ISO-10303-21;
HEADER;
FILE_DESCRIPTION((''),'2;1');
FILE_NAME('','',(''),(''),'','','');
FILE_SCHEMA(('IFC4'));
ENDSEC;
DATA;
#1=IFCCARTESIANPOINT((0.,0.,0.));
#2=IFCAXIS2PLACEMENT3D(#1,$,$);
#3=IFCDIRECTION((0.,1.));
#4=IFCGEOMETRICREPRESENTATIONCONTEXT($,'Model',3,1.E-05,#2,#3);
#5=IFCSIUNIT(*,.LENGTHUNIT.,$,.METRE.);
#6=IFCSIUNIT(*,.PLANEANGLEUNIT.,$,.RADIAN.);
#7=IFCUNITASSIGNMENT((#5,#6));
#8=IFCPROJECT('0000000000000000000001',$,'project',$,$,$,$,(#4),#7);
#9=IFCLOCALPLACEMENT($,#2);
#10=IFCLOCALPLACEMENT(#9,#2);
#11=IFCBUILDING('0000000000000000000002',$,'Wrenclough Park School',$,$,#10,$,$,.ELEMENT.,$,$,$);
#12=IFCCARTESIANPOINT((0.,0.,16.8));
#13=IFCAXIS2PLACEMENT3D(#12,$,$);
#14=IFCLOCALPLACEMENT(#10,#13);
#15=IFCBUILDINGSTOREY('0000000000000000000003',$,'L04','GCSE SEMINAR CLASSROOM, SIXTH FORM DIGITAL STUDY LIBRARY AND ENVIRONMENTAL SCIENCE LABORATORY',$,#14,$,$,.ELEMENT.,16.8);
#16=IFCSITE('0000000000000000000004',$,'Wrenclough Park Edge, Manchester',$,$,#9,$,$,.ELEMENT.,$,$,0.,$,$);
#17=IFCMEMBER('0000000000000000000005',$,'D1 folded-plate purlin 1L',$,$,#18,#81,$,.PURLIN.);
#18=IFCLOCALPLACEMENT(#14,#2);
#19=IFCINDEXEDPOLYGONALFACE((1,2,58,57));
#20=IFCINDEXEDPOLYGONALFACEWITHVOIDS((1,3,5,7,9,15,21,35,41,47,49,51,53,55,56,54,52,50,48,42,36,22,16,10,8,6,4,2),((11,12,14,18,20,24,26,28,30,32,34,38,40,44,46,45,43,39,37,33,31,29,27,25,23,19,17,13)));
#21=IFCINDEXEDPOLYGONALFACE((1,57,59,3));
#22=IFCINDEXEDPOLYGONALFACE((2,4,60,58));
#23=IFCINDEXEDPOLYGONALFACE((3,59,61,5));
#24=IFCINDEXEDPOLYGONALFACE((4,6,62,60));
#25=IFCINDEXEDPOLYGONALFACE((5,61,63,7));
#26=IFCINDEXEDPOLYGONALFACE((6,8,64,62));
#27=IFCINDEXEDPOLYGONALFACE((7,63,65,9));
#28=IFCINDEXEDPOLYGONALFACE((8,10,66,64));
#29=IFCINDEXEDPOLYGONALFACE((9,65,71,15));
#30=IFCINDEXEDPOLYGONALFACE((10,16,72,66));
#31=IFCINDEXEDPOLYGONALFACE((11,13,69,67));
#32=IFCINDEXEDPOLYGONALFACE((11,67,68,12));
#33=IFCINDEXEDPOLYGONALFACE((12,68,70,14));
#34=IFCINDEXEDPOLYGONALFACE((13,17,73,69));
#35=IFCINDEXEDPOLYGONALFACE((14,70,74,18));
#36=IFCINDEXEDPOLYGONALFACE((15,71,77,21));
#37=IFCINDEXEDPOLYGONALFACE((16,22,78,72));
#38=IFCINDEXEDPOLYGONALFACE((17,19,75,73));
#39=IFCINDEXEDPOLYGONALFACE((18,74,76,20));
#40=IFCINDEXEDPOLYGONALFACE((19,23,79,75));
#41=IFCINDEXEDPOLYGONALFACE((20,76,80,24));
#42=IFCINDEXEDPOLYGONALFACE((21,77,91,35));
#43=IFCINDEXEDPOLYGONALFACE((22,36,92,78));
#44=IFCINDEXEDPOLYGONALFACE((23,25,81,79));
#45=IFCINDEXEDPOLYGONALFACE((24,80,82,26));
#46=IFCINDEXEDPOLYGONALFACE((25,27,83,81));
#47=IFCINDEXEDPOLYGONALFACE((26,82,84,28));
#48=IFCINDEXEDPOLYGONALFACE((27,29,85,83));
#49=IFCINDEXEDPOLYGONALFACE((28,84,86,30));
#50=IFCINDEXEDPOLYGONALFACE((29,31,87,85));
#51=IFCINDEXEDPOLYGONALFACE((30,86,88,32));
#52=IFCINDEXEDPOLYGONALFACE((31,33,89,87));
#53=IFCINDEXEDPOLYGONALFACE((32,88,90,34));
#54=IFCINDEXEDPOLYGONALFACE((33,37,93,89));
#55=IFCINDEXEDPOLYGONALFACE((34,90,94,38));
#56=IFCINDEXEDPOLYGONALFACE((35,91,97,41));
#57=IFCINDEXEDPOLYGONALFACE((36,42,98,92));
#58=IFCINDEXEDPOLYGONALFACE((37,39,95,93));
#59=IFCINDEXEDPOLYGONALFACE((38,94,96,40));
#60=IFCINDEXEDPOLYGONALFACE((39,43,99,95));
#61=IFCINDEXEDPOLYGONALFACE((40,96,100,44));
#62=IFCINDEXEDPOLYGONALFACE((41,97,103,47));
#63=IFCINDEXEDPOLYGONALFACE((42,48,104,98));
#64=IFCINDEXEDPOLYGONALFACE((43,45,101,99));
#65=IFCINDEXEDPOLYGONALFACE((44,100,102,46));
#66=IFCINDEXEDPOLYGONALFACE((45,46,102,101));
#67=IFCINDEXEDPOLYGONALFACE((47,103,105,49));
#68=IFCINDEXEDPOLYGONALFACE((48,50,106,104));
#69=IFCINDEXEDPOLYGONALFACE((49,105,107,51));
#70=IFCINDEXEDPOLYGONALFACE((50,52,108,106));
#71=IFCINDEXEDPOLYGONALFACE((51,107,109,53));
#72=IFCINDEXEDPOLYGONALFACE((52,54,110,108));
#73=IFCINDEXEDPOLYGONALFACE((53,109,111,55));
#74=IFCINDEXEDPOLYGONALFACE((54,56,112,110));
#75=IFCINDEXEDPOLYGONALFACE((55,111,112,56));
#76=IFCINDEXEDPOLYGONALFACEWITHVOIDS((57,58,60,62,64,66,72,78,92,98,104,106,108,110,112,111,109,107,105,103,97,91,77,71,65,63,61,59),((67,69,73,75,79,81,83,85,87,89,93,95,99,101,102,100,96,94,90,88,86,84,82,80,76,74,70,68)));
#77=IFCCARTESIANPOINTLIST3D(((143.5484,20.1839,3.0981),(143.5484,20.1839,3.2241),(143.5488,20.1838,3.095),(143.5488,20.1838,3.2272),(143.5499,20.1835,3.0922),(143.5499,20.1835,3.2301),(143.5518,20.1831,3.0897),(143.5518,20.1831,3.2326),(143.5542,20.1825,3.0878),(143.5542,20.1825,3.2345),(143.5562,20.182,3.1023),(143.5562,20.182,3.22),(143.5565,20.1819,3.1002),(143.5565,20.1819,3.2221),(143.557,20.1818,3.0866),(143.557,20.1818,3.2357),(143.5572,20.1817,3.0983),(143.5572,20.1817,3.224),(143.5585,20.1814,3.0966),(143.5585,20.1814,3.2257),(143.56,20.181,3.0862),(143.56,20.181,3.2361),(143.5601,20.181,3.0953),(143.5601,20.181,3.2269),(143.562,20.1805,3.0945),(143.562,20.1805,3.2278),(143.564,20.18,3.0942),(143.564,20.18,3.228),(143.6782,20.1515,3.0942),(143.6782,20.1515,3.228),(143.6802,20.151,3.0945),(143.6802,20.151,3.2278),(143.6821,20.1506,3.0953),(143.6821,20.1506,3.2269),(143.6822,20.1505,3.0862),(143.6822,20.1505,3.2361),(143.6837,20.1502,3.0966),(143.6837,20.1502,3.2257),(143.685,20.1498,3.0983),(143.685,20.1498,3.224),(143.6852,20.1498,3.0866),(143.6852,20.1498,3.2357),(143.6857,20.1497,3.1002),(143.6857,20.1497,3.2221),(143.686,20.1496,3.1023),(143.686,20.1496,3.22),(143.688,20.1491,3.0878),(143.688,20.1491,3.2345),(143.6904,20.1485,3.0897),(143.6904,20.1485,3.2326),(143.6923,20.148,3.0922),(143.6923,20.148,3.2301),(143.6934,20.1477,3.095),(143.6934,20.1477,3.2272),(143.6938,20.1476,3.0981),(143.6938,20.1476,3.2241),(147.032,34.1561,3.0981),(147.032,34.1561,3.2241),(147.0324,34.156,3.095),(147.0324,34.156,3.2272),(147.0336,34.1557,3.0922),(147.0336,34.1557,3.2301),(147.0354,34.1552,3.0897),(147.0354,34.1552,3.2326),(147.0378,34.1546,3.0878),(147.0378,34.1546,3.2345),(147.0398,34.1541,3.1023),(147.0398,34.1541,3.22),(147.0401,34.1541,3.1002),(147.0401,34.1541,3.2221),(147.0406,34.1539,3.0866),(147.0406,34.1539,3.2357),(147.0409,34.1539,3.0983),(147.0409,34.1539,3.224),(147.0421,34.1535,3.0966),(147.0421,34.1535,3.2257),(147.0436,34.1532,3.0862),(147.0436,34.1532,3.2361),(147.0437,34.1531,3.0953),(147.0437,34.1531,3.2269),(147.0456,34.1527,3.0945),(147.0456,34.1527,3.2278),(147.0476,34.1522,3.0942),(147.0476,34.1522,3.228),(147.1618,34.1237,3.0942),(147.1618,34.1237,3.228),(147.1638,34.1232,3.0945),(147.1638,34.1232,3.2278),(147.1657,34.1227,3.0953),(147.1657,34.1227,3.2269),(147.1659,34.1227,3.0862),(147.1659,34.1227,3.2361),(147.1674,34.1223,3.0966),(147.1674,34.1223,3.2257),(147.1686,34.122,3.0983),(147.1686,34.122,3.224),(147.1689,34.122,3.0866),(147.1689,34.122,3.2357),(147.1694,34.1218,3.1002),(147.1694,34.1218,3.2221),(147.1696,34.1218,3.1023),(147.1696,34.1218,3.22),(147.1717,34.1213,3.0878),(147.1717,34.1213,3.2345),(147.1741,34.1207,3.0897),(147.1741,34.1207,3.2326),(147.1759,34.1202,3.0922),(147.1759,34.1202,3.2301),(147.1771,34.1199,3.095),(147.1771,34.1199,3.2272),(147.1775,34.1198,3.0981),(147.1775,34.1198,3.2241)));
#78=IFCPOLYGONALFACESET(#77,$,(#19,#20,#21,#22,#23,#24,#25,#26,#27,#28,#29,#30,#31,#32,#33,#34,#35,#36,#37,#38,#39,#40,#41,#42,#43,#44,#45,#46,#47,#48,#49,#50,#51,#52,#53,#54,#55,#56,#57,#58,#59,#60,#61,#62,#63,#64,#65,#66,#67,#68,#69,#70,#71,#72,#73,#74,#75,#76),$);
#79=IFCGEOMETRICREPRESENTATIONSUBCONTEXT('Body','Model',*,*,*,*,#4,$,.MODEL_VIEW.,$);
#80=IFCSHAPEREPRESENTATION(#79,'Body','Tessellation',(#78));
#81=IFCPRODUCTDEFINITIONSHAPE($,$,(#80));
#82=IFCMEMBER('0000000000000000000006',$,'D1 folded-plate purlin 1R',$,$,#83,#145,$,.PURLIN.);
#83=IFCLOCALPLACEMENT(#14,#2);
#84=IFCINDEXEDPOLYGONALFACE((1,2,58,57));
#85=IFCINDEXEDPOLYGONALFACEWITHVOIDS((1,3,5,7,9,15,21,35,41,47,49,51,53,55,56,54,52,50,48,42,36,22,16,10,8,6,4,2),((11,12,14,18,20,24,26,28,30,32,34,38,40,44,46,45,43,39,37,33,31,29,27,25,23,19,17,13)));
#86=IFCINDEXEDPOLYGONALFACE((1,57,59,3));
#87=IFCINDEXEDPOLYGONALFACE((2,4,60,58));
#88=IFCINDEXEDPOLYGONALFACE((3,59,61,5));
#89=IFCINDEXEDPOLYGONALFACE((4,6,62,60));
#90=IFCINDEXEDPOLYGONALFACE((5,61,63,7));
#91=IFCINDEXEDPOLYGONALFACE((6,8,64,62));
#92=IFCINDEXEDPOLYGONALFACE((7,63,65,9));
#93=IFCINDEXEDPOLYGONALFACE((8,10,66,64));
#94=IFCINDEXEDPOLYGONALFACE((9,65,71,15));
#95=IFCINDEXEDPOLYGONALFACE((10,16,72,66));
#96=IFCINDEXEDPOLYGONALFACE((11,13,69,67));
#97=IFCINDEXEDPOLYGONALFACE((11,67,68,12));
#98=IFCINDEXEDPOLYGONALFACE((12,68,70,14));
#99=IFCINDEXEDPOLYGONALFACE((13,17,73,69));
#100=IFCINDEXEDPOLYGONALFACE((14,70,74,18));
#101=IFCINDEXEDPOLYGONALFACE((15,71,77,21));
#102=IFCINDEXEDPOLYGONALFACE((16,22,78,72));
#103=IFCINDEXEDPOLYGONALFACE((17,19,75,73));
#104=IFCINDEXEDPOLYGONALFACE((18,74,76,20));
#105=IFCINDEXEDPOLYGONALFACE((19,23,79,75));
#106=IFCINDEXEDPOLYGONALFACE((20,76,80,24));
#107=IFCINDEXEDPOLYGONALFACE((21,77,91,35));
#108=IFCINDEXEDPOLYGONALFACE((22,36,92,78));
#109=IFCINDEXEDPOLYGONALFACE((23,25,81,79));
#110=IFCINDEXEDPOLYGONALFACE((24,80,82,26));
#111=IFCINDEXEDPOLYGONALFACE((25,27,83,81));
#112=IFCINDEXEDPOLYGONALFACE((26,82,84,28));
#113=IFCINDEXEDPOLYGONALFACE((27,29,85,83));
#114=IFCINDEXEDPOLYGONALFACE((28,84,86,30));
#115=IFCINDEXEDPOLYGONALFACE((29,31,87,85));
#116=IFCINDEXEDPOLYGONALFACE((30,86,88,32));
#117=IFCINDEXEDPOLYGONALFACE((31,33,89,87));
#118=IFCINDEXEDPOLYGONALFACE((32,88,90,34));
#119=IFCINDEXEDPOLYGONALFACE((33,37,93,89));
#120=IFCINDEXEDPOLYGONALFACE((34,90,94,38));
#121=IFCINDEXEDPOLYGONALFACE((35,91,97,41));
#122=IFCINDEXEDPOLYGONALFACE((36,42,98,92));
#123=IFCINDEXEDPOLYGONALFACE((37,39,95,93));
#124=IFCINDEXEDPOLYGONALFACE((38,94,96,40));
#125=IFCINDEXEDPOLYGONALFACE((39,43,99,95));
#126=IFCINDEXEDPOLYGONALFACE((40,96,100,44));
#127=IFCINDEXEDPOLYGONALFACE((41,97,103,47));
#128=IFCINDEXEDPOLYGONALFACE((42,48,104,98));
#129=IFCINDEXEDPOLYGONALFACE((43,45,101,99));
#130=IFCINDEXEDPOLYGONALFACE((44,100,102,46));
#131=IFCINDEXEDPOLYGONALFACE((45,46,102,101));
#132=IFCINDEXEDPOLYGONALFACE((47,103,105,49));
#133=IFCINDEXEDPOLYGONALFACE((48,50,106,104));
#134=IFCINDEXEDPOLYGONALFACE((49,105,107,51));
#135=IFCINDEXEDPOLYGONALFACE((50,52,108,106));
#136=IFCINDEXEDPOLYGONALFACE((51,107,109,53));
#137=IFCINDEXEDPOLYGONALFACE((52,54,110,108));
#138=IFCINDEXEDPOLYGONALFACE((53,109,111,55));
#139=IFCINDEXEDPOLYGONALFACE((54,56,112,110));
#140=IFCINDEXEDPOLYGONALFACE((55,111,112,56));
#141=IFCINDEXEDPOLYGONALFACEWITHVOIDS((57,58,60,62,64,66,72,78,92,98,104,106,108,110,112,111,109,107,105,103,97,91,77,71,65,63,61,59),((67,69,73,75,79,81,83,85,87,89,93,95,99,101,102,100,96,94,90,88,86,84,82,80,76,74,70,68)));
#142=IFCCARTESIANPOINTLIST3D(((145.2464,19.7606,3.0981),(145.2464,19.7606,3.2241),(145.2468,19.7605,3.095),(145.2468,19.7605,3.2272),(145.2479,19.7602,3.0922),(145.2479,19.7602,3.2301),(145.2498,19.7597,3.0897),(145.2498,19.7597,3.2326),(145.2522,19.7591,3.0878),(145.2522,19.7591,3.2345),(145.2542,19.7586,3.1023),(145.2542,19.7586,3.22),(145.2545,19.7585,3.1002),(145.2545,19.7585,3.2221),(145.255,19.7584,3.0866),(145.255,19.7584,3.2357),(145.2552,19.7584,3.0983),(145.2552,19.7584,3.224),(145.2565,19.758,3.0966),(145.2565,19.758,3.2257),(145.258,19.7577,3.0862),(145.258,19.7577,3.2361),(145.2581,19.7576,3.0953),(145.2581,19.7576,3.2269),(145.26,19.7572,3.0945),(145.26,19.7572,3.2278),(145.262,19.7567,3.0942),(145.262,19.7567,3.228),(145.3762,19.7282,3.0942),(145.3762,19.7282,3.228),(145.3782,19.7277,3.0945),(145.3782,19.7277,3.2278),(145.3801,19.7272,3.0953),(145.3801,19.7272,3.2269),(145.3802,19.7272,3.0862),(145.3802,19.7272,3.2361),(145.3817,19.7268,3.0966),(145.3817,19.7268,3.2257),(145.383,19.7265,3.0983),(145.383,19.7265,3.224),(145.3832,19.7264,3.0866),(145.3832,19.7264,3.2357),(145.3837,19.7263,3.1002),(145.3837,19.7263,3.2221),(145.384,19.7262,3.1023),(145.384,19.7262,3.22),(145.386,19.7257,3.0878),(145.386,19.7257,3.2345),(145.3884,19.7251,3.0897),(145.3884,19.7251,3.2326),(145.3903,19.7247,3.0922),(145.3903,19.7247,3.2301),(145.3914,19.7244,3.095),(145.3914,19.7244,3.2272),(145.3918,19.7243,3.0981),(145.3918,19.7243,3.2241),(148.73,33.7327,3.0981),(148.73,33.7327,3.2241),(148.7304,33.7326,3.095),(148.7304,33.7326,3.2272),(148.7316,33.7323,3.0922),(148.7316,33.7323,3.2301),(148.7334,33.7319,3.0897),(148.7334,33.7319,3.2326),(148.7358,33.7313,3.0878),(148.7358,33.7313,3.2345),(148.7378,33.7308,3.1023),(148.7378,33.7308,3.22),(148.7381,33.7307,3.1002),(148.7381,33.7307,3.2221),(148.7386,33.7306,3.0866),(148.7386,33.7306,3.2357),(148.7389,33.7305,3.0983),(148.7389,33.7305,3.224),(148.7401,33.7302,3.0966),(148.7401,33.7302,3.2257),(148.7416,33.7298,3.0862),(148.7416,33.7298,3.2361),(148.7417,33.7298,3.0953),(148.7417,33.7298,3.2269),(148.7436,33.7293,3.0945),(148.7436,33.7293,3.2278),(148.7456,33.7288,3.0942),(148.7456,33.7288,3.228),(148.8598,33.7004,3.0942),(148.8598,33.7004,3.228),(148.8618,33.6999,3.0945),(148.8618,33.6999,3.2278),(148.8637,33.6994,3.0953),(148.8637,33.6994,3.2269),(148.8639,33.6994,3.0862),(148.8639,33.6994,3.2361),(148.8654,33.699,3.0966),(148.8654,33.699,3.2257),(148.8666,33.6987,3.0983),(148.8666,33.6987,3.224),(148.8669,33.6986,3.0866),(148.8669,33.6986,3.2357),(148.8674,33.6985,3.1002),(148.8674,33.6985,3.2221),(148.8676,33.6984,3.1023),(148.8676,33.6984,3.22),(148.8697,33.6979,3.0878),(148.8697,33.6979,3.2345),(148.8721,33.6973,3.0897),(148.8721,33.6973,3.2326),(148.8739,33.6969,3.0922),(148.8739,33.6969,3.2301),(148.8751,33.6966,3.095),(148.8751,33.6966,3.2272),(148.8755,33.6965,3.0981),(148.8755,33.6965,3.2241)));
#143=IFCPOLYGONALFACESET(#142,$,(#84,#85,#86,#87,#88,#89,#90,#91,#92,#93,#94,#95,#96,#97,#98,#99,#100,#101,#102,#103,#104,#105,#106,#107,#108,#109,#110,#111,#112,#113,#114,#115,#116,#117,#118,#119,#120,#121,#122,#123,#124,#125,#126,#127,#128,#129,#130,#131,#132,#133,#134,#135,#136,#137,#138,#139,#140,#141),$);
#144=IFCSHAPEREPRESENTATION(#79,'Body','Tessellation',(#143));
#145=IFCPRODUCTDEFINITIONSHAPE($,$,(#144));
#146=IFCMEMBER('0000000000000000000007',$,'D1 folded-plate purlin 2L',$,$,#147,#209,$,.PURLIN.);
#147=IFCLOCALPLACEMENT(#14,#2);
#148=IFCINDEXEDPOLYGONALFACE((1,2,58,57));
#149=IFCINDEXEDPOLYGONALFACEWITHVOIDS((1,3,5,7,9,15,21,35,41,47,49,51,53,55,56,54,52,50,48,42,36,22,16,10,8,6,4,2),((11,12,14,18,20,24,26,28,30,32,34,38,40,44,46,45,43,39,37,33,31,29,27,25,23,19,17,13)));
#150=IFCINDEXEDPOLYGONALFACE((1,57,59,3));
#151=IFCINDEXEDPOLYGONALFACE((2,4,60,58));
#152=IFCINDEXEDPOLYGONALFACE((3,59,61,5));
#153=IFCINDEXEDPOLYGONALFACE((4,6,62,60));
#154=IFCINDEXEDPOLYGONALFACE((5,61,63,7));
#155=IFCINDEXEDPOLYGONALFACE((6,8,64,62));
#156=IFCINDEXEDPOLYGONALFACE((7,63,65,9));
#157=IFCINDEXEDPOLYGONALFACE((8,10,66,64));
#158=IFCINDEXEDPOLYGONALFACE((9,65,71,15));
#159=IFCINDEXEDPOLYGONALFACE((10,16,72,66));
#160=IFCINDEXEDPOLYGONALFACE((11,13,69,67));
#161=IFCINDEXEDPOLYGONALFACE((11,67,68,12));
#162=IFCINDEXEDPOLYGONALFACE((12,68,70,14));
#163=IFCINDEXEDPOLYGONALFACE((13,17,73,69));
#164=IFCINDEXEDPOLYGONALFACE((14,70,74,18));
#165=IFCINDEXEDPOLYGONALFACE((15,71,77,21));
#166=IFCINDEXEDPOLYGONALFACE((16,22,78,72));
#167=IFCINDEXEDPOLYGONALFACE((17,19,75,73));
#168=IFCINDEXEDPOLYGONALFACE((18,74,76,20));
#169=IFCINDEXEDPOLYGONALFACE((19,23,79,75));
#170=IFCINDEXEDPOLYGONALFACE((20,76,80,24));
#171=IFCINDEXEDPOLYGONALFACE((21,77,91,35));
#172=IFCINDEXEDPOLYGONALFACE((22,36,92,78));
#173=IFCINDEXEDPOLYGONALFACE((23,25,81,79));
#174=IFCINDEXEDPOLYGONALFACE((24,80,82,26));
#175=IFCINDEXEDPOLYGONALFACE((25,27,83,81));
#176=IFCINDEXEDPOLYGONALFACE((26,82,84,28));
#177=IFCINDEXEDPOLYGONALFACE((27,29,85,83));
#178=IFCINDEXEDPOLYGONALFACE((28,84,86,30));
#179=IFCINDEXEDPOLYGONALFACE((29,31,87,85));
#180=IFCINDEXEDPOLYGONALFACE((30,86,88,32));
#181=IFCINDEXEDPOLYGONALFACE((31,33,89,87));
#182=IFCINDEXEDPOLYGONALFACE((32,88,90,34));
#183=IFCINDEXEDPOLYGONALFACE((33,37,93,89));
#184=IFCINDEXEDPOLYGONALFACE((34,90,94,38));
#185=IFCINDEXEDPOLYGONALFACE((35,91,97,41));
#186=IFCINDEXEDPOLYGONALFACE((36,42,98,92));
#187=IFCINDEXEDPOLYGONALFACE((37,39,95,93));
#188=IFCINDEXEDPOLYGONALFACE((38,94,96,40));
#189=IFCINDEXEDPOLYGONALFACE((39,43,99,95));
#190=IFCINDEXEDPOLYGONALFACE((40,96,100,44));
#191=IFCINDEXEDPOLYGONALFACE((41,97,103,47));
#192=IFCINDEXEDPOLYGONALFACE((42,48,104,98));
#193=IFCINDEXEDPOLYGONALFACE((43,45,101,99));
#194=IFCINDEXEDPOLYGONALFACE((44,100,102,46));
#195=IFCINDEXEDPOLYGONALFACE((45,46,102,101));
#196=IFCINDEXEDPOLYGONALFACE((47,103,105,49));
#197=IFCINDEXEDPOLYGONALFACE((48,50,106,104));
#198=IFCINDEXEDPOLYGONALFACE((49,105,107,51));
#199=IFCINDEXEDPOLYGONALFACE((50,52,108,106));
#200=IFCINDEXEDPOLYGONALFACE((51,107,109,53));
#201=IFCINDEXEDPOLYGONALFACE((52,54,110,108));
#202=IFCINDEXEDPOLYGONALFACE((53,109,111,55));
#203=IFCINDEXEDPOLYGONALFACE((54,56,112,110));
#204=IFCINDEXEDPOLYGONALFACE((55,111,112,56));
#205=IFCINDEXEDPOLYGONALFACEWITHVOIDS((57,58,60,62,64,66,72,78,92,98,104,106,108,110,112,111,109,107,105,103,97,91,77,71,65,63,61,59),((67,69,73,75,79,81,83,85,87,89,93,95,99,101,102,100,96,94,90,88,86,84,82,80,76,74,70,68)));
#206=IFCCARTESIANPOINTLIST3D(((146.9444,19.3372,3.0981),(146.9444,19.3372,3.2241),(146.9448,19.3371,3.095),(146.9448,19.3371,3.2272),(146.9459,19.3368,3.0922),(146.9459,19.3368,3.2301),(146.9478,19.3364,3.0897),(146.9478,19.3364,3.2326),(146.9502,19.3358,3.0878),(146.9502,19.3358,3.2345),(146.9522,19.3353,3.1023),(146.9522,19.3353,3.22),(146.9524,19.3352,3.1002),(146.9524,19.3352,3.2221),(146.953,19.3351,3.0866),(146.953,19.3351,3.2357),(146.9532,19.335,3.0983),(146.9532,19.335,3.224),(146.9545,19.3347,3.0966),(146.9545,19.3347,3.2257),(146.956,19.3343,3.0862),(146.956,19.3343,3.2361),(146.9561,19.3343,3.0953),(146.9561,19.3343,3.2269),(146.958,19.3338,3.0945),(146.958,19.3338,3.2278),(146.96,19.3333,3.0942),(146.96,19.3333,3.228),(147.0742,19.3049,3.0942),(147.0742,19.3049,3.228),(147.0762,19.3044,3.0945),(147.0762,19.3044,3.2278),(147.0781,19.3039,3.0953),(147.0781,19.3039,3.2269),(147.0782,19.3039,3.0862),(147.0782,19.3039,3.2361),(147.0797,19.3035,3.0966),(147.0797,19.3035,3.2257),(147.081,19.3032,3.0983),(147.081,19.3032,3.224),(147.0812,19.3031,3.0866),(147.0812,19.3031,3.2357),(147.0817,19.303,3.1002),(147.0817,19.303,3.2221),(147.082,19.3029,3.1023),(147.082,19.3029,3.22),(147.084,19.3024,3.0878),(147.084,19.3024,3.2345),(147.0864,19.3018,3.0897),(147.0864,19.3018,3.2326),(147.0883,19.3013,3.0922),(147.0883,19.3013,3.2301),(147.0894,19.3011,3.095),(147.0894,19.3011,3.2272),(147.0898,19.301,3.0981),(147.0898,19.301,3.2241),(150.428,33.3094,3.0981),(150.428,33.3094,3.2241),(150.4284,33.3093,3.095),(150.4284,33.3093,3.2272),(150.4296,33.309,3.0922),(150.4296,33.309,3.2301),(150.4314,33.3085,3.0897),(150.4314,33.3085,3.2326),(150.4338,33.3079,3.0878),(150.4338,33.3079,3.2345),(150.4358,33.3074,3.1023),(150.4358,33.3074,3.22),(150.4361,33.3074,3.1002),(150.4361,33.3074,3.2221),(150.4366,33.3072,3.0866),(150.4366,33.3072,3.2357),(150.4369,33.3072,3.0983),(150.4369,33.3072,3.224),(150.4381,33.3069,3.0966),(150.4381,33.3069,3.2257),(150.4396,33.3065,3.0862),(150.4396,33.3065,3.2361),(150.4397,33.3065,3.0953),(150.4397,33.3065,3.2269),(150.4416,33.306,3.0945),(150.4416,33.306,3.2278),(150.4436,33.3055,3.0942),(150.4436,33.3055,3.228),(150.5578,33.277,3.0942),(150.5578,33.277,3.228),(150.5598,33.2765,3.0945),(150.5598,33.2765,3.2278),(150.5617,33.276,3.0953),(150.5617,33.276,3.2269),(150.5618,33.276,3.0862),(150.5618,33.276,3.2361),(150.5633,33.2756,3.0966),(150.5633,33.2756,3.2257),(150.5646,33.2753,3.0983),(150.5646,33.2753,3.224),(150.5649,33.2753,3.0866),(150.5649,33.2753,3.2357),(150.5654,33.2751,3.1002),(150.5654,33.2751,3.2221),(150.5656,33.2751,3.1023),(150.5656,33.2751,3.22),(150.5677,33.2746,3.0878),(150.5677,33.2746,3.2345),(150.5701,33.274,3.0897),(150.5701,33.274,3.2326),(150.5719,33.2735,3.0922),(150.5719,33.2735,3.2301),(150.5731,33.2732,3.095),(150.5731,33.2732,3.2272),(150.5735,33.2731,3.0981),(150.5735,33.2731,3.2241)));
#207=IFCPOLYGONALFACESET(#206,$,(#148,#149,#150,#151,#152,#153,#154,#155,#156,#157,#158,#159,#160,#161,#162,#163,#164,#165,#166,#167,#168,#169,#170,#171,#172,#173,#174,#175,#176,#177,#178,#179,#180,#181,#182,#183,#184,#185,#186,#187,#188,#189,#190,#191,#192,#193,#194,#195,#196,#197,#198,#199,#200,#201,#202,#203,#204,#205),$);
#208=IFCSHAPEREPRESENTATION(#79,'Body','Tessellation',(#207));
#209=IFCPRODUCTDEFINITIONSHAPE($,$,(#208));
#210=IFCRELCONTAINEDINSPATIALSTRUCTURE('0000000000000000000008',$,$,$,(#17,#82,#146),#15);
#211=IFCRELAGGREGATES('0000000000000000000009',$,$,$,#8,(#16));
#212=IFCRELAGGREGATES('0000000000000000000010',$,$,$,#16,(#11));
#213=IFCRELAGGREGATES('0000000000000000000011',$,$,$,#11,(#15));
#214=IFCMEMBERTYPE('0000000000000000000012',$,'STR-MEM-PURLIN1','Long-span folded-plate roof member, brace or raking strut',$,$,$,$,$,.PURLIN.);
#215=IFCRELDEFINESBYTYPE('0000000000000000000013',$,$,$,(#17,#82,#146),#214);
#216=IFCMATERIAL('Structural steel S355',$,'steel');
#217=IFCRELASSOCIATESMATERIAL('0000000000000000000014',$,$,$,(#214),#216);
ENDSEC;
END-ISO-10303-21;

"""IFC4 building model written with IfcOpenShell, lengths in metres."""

from ifc_helpers import new_model, si_unit, direction, frame, origin, origin_2d, place, context, subcontext, project, spatial, hollow_rectangle, extrude, material, material_profile, profile_set, type_object, element, save


model = new_model("IFC4")

# Units and contexts
model_context = context("Model", 3, precision=1e-05, world=origin(), true_north=direction((0.0, 1.0)))
body_context = subcontext(model_context, "Body", "Model", "MODEL_VIEW")
ifc_project = project(units=[si_unit("LENGTHUNIT", "METRE"), si_unit("PLANEANGLEUNIT", "RADIAN")], contexts=[model_context])

# Site, building, storey
site_placement = place(None, origin())
site = spatial("IfcSite", under=ifc_project, at=site_placement, Name="Wrenclough Park Edge, Manchester", CompositionType="ELEMENT", RefElevation=0.0)
building_placement = place(site_placement, origin())
building = spatial("IfcBuilding", under=site, at=building_placement, Name="Wrenclough Park School", CompositionType="ELEMENT")
storey_placement = place(building_placement, frame((0.0, 0.0, 16.8)))
storey = spatial("IfcBuildingStorey", under=building, at=storey_placement, Name="L04", Description="GCSE SEMINAR CLASSROOM, SIXTH FORM DIGITAL STUDY LIBRARY AND ENVIRONMENTAL SCIENCE LABORATORY", CompositionType="ELEMENT", Elevation=16.8)

# Shared definitions
ifc_material_1 = material(Name="Structural steel S355", Category="steel")

# Members
ifc_material_profile_1 = material_profile(ifc_material_1, hollow_rectangle(XDim=0.1499, YDim=0.1499, WallThickness=0.0081, InnerFilletRadius=0.0081, OuterFilletRadius=0.012, at=origin_2d()), Name="SHS 150x150x8.0")
ifc_profile_set_1 = profile_set([ifc_material_profile_1], Name="Structural steel S355")
member_type_1 = type_object("IfcMemberType", Name="STR-MEM-PURLIN1", Description="Long-span folded-plate roof member, brace or raking strut", PredefinedType="PURLIN", material=ifc_profile_set_1)
for number, where, z_axis, x_axis, name in (
    (1, (143.6211, 20.1658, 3.1611), (0.241921, 0.970296, 0.0), (-0.970296, 0.241921, 0.0), "D1 folded-plate purlin 1L"),
    (2, (145.3191, 19.7424, 3.1611), (0.241921, 0.970296, 0.0), (-0.970296, 0.241921, 0.0), "D1 folded-plate purlin 1R"),
    (3, (147.0171, 19.3191, 3.1611), (0.241921, 0.970296, 0.0), (-0.970296, 0.241921, 0.0), "D1 folded-plate purlin 2L"),
):
    element("IfcMember", number, at=place(storey_placement, frame(where, z_axis=z_axis, x_axis=x_axis)), inside=storey, type_object=member_type_1, Name=name, PredefinedType="PURLIN", context=body_context, shape_type="SweptSolid", body=[
        extrude(hollow_rectangle(XDim=0.1499, YDim=0.1499, WallThickness=0.0081, InnerFilletRadius=0.0081, OuterFilletRadius=0.012, at=origin_2d()), origin(), (0.0, 0.0, 1.0), 14.3999),
    ])

save(model, "model.ifc")
